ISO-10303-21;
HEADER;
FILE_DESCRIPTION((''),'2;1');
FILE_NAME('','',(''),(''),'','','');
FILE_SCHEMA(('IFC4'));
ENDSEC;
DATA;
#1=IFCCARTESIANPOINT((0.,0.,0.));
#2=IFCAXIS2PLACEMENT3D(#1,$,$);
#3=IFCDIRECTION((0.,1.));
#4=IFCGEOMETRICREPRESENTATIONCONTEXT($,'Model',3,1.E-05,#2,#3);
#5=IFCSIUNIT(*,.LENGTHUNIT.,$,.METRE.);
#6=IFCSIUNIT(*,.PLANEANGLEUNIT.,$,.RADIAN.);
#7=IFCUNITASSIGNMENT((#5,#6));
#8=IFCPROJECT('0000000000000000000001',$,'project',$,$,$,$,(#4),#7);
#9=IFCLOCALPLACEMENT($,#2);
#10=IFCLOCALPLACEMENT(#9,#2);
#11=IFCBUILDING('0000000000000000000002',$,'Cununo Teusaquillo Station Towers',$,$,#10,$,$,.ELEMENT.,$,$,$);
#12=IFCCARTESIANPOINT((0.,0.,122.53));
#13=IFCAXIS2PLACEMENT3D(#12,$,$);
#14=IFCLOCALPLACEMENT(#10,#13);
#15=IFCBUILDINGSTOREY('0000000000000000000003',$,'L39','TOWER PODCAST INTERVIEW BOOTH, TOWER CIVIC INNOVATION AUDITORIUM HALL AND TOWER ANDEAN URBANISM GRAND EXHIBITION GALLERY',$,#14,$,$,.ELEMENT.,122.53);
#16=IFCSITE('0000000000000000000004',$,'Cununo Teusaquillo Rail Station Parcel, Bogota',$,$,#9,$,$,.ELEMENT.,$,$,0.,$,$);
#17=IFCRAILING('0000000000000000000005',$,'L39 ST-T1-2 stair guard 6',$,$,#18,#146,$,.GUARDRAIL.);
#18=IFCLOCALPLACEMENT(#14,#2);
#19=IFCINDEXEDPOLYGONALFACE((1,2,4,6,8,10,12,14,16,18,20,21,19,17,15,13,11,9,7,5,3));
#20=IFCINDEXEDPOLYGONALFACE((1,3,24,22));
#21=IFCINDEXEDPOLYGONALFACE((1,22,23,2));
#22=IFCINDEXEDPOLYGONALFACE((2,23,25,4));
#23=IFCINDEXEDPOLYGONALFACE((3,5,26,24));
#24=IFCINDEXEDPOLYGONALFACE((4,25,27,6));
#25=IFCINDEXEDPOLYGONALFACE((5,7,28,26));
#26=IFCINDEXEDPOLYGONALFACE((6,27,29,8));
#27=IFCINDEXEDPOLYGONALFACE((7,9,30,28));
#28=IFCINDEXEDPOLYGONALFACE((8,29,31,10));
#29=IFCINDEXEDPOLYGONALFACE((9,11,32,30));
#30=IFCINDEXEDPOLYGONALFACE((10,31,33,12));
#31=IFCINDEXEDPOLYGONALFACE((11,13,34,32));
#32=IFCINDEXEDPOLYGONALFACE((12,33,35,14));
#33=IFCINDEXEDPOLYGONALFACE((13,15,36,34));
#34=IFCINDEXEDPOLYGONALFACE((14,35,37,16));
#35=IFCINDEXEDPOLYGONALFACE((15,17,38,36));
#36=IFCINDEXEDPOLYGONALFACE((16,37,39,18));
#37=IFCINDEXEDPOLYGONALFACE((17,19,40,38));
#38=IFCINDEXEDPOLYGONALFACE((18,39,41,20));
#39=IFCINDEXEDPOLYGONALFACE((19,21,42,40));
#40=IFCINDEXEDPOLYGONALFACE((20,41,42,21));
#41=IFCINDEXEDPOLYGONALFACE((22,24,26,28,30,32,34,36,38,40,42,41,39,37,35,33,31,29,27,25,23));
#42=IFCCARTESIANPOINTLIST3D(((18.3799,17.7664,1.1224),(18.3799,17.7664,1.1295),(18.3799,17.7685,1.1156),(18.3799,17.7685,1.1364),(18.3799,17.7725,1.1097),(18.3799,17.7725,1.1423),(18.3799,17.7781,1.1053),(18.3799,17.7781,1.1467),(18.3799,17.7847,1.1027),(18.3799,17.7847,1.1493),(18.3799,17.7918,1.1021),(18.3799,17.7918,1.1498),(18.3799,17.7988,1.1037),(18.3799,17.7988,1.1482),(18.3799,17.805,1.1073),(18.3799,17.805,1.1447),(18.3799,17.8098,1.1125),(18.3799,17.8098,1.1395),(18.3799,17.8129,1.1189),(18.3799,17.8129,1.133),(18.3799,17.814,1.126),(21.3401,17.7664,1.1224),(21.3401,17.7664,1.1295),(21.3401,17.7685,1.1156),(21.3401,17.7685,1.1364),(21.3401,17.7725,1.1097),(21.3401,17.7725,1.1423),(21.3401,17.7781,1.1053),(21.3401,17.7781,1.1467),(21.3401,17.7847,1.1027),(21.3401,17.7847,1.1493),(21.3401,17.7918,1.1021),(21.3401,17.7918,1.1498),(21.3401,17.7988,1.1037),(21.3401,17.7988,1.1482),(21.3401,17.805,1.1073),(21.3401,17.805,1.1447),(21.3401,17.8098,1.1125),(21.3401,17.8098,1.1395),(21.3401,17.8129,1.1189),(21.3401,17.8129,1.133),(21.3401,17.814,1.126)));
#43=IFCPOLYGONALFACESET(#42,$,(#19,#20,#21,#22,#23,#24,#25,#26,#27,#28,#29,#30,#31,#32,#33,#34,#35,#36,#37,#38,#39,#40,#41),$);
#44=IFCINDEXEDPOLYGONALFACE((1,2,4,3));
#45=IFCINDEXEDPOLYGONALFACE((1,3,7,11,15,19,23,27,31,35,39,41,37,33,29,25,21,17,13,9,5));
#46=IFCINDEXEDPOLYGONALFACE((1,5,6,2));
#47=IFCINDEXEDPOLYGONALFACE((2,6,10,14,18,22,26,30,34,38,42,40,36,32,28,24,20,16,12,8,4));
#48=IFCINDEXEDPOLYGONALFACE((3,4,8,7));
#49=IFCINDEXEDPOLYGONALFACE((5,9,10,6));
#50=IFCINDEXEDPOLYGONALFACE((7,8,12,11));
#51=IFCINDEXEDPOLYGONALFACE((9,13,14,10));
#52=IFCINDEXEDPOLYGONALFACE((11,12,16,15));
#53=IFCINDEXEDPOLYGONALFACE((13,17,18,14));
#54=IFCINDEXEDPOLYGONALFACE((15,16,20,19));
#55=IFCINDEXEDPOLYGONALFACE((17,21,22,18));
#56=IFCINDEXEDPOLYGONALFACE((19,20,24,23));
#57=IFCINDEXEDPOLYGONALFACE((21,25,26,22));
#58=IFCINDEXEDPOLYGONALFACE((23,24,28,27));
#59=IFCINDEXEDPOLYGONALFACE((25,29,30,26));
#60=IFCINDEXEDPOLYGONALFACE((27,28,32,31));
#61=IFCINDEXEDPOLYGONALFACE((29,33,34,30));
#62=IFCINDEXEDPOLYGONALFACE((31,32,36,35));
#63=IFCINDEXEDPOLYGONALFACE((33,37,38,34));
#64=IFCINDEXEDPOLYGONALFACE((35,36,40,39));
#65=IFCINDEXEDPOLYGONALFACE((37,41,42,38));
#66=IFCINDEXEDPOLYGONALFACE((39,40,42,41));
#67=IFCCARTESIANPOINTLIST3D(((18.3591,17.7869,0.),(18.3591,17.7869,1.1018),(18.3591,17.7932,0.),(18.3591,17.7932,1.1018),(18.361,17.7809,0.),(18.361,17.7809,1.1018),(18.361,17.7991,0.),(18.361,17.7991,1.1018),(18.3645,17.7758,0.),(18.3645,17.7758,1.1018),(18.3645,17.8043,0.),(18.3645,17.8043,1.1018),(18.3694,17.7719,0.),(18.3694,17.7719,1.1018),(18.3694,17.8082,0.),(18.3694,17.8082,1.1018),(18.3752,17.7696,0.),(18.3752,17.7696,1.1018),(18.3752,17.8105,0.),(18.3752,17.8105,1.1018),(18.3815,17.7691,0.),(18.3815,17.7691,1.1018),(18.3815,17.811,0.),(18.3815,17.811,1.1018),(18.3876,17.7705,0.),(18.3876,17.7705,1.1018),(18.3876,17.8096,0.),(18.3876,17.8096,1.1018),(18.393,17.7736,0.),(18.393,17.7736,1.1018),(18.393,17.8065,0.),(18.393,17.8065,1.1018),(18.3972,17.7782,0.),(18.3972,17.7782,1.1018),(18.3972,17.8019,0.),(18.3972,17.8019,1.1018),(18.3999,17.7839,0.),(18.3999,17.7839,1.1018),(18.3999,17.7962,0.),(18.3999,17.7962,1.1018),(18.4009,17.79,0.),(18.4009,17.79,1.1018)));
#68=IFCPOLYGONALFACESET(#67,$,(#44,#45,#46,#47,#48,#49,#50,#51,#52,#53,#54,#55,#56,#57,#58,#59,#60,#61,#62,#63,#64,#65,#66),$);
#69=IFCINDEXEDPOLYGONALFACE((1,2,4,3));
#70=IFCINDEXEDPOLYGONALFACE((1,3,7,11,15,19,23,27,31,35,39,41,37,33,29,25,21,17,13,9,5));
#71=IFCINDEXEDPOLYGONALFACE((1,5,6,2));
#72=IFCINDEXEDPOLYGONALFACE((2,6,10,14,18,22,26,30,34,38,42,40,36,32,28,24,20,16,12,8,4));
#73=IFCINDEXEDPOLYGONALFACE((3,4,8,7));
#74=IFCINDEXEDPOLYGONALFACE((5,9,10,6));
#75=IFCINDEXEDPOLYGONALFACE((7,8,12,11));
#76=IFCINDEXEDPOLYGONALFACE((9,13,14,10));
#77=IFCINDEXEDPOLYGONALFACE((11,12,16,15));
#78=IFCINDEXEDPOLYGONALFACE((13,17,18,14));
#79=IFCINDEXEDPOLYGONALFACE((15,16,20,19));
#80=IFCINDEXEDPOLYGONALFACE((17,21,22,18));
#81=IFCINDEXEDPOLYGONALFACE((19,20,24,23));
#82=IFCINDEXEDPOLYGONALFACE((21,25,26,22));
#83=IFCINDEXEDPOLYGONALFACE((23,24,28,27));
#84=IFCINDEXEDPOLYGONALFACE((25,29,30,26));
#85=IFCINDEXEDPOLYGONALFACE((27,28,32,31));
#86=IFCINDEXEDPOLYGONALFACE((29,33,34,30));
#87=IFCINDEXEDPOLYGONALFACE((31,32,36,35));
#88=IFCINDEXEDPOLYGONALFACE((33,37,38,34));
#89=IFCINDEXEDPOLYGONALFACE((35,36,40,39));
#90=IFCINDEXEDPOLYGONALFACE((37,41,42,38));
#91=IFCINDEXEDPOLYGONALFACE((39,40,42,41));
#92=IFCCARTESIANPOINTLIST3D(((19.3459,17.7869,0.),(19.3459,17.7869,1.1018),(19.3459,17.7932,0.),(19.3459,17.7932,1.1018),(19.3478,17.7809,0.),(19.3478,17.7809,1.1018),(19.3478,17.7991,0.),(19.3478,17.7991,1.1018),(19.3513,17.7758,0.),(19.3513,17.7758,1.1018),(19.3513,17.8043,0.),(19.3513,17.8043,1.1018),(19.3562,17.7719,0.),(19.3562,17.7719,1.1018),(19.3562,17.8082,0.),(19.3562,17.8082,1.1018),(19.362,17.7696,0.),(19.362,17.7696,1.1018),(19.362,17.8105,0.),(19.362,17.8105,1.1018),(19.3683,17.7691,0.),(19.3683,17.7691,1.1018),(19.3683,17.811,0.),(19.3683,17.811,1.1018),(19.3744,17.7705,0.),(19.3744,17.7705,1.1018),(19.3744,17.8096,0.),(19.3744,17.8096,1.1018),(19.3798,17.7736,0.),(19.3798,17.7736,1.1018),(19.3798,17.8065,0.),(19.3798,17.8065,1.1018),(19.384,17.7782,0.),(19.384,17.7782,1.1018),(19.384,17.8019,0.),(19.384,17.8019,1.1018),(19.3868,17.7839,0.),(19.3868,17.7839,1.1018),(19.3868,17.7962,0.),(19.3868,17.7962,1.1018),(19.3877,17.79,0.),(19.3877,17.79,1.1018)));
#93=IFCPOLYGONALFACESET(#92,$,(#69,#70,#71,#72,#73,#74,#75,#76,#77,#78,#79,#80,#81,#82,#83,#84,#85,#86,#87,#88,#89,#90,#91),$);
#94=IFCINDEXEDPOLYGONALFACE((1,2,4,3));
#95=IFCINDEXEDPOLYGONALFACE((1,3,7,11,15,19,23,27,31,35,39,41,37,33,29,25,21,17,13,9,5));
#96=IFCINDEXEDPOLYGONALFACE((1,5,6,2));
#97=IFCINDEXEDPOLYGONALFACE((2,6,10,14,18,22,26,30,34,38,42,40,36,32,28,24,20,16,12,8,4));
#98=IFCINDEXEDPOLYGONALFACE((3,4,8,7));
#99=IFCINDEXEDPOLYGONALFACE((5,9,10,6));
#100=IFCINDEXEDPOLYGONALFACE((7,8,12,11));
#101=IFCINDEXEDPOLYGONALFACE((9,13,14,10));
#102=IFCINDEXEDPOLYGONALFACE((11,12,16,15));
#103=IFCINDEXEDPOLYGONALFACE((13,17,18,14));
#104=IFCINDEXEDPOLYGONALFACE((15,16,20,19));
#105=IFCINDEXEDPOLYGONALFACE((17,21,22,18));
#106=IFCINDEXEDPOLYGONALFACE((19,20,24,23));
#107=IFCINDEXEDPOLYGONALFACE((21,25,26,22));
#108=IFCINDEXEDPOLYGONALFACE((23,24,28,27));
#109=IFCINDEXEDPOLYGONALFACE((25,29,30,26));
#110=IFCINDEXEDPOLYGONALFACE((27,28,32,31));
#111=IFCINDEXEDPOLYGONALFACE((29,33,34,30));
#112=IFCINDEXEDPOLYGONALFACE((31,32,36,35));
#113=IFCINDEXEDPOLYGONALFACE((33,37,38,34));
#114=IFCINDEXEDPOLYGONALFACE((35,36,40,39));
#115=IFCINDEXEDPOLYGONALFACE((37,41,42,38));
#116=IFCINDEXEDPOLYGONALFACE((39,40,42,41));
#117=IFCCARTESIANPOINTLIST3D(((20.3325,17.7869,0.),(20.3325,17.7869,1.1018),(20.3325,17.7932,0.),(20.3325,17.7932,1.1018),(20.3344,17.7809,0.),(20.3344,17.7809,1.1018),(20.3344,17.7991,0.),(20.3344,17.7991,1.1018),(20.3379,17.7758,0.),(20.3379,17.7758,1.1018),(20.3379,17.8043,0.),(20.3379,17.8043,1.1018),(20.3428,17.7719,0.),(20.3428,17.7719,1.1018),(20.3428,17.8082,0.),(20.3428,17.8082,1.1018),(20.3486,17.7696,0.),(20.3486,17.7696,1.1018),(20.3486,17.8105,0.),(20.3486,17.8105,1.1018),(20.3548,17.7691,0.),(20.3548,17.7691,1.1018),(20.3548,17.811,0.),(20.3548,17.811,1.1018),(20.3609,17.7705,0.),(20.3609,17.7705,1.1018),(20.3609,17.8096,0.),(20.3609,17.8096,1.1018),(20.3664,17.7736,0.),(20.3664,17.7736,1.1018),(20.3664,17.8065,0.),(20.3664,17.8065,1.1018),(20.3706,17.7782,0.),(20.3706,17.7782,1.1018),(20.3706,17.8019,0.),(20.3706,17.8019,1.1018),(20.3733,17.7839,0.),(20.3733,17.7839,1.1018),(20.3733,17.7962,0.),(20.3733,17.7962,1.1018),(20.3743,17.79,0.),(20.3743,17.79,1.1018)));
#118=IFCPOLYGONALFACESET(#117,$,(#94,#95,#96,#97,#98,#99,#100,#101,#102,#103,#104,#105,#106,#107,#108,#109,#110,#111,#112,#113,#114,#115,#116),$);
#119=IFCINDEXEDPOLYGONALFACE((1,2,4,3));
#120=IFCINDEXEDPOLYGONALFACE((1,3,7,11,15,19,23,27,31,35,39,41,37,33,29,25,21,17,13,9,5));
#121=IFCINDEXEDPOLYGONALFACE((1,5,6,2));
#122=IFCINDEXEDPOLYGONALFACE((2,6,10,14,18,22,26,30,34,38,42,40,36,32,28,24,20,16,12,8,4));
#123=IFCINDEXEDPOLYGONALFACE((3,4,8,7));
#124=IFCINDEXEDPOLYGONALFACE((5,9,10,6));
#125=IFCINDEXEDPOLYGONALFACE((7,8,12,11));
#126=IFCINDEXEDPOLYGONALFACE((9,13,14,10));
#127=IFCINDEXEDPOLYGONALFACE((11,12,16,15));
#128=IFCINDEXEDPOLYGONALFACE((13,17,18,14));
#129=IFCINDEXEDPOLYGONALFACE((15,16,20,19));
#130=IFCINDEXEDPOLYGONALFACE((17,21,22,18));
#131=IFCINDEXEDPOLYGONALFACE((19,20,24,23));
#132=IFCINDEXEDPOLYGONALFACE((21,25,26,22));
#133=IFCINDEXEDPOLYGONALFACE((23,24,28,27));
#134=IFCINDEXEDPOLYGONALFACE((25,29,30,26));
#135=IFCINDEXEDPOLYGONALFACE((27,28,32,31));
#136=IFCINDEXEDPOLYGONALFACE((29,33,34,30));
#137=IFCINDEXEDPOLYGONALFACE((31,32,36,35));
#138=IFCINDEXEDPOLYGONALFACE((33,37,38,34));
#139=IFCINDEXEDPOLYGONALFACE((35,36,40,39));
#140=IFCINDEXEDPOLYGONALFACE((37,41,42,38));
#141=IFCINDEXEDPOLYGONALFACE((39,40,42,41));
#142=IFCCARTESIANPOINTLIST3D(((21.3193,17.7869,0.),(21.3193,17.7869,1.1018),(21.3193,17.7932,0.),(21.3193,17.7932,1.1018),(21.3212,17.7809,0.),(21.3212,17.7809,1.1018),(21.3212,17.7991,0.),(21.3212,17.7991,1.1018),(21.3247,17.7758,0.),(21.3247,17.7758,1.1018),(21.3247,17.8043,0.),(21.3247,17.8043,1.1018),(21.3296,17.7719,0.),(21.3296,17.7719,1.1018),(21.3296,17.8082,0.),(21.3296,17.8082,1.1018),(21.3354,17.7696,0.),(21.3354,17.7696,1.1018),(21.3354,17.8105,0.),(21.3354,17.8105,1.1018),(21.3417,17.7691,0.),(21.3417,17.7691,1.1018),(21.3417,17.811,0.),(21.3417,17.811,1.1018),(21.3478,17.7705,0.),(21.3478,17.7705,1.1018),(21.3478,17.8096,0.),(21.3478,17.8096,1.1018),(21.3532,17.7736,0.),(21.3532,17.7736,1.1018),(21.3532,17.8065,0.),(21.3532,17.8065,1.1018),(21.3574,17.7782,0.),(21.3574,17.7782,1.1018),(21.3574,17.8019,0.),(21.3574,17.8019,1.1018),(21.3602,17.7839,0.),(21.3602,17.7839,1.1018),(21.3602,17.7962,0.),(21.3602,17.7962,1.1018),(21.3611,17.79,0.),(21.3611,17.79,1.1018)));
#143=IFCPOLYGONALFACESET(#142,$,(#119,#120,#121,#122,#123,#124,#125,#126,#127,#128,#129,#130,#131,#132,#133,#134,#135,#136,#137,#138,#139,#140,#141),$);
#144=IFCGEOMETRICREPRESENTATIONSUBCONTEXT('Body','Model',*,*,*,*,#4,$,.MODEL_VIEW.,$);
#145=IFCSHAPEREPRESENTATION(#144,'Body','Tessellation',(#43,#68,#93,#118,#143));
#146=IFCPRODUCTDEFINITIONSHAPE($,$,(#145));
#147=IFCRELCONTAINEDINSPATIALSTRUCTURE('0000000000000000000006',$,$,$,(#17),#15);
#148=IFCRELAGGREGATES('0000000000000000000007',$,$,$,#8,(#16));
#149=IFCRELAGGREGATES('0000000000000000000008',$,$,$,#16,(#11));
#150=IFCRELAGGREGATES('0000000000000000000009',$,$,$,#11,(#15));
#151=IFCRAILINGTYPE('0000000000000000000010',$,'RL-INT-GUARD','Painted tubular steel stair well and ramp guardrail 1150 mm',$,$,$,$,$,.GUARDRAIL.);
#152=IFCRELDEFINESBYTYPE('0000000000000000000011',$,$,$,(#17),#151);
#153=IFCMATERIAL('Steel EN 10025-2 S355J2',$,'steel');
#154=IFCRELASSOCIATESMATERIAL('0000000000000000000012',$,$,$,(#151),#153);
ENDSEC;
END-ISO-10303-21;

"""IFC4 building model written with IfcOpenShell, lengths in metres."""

from ifc_helpers import new_model, si_unit, direction, frame, origin, origin_2d, place, context, subcontext, project, spatial, circle, extrude, material, type_object, element, save


model = new_model("IFC4")

# Units and contexts
model_context = context("Model", 3, precision=1e-05, world=origin(), true_north=direction((0.0, 1.0)))
body_context = subcontext(model_context, "Body", "Model", "MODEL_VIEW")
ifc_project = project(units=[si_unit("LENGTHUNIT", "METRE"), si_unit("PLANEANGLEUNIT", "RADIAN")], contexts=[model_context])

# Site, building, storey
site_placement = place(None, origin())
site = spatial("IfcSite", under=ifc_project, at=site_placement, Name="Cununo Teusaquillo Rail Station Parcel, Bogota", CompositionType="ELEMENT", RefElevation=0.0)
building_placement = place(site_placement, origin())
building = spatial("IfcBuilding", under=site, at=building_placement, Name="Cununo Teusaquillo Station Towers", CompositionType="ELEMENT")
storey_placement = place(building_placement, frame((0.0, 0.0, 122.53)))
storey = spatial("IfcBuildingStorey", under=building, at=storey_placement, Name="L39", Description="TOWER PODCAST INTERVIEW BOOTH, TOWER CIVIC INNOVATION AUDITORIUM HALL AND TOWER ANDEAN URBANISM GRAND EXHIBITION GALLERY", CompositionType="ELEMENT", Elevation=122.53)

# Railing
ifc_material_1 = material(Name="Steel EN 10025-2 S355J2", Category="steel")
railing_type_1 = type_object("IfcRailingType", Name="RL-INT-GUARD", Description="Painted tubular steel stair well and ramp guardrail 1150 mm", PredefinedType="GUARDRAIL", material=ifc_material_1)
railing_1_placement = place(storey_placement, frame((18.3799, 17.79, 0.0)))
element("IfcRailing", 1, at=railing_1_placement, inside=storey, type_object=railing_type_1, Name="L39 ST-T1-2 stair guard 6", PredefinedType="GUARDRAIL", context=body_context, shape_type="SweptSolid", body=[
    extrude(circle(Radius=0.0239, at=origin_2d()), frame((0.0, 0.0, 1.126), z_axis=(1.0, 0.0, 0.0), x_axis=(0.0, 1.0, 0.0)), (0.0, 0.0, 1.0), 2.9602),
    extrude(circle(Radius=0.021, at=origin_2d()), origin(), (0.0, 0.0, 1.0), 1.1018),
    extrude(circle(Radius=0.021, at=origin_2d()), frame((0.9868, 0.0, 0.0)), (0.0, 0.0, 1.0), 1.1018),
    extrude(circle(Radius=0.021, at=origin_2d()), frame((1.9734, 0.0, 0.0)), (0.0, 0.0, 1.0), 1.1018),
    extrude(circle(Radius=0.021, at=origin_2d()), frame((2.9602, 0.0, 0.0)), (0.0, 0.0, 1.0), 1.1018),
])

save(model, "model.ifc")
